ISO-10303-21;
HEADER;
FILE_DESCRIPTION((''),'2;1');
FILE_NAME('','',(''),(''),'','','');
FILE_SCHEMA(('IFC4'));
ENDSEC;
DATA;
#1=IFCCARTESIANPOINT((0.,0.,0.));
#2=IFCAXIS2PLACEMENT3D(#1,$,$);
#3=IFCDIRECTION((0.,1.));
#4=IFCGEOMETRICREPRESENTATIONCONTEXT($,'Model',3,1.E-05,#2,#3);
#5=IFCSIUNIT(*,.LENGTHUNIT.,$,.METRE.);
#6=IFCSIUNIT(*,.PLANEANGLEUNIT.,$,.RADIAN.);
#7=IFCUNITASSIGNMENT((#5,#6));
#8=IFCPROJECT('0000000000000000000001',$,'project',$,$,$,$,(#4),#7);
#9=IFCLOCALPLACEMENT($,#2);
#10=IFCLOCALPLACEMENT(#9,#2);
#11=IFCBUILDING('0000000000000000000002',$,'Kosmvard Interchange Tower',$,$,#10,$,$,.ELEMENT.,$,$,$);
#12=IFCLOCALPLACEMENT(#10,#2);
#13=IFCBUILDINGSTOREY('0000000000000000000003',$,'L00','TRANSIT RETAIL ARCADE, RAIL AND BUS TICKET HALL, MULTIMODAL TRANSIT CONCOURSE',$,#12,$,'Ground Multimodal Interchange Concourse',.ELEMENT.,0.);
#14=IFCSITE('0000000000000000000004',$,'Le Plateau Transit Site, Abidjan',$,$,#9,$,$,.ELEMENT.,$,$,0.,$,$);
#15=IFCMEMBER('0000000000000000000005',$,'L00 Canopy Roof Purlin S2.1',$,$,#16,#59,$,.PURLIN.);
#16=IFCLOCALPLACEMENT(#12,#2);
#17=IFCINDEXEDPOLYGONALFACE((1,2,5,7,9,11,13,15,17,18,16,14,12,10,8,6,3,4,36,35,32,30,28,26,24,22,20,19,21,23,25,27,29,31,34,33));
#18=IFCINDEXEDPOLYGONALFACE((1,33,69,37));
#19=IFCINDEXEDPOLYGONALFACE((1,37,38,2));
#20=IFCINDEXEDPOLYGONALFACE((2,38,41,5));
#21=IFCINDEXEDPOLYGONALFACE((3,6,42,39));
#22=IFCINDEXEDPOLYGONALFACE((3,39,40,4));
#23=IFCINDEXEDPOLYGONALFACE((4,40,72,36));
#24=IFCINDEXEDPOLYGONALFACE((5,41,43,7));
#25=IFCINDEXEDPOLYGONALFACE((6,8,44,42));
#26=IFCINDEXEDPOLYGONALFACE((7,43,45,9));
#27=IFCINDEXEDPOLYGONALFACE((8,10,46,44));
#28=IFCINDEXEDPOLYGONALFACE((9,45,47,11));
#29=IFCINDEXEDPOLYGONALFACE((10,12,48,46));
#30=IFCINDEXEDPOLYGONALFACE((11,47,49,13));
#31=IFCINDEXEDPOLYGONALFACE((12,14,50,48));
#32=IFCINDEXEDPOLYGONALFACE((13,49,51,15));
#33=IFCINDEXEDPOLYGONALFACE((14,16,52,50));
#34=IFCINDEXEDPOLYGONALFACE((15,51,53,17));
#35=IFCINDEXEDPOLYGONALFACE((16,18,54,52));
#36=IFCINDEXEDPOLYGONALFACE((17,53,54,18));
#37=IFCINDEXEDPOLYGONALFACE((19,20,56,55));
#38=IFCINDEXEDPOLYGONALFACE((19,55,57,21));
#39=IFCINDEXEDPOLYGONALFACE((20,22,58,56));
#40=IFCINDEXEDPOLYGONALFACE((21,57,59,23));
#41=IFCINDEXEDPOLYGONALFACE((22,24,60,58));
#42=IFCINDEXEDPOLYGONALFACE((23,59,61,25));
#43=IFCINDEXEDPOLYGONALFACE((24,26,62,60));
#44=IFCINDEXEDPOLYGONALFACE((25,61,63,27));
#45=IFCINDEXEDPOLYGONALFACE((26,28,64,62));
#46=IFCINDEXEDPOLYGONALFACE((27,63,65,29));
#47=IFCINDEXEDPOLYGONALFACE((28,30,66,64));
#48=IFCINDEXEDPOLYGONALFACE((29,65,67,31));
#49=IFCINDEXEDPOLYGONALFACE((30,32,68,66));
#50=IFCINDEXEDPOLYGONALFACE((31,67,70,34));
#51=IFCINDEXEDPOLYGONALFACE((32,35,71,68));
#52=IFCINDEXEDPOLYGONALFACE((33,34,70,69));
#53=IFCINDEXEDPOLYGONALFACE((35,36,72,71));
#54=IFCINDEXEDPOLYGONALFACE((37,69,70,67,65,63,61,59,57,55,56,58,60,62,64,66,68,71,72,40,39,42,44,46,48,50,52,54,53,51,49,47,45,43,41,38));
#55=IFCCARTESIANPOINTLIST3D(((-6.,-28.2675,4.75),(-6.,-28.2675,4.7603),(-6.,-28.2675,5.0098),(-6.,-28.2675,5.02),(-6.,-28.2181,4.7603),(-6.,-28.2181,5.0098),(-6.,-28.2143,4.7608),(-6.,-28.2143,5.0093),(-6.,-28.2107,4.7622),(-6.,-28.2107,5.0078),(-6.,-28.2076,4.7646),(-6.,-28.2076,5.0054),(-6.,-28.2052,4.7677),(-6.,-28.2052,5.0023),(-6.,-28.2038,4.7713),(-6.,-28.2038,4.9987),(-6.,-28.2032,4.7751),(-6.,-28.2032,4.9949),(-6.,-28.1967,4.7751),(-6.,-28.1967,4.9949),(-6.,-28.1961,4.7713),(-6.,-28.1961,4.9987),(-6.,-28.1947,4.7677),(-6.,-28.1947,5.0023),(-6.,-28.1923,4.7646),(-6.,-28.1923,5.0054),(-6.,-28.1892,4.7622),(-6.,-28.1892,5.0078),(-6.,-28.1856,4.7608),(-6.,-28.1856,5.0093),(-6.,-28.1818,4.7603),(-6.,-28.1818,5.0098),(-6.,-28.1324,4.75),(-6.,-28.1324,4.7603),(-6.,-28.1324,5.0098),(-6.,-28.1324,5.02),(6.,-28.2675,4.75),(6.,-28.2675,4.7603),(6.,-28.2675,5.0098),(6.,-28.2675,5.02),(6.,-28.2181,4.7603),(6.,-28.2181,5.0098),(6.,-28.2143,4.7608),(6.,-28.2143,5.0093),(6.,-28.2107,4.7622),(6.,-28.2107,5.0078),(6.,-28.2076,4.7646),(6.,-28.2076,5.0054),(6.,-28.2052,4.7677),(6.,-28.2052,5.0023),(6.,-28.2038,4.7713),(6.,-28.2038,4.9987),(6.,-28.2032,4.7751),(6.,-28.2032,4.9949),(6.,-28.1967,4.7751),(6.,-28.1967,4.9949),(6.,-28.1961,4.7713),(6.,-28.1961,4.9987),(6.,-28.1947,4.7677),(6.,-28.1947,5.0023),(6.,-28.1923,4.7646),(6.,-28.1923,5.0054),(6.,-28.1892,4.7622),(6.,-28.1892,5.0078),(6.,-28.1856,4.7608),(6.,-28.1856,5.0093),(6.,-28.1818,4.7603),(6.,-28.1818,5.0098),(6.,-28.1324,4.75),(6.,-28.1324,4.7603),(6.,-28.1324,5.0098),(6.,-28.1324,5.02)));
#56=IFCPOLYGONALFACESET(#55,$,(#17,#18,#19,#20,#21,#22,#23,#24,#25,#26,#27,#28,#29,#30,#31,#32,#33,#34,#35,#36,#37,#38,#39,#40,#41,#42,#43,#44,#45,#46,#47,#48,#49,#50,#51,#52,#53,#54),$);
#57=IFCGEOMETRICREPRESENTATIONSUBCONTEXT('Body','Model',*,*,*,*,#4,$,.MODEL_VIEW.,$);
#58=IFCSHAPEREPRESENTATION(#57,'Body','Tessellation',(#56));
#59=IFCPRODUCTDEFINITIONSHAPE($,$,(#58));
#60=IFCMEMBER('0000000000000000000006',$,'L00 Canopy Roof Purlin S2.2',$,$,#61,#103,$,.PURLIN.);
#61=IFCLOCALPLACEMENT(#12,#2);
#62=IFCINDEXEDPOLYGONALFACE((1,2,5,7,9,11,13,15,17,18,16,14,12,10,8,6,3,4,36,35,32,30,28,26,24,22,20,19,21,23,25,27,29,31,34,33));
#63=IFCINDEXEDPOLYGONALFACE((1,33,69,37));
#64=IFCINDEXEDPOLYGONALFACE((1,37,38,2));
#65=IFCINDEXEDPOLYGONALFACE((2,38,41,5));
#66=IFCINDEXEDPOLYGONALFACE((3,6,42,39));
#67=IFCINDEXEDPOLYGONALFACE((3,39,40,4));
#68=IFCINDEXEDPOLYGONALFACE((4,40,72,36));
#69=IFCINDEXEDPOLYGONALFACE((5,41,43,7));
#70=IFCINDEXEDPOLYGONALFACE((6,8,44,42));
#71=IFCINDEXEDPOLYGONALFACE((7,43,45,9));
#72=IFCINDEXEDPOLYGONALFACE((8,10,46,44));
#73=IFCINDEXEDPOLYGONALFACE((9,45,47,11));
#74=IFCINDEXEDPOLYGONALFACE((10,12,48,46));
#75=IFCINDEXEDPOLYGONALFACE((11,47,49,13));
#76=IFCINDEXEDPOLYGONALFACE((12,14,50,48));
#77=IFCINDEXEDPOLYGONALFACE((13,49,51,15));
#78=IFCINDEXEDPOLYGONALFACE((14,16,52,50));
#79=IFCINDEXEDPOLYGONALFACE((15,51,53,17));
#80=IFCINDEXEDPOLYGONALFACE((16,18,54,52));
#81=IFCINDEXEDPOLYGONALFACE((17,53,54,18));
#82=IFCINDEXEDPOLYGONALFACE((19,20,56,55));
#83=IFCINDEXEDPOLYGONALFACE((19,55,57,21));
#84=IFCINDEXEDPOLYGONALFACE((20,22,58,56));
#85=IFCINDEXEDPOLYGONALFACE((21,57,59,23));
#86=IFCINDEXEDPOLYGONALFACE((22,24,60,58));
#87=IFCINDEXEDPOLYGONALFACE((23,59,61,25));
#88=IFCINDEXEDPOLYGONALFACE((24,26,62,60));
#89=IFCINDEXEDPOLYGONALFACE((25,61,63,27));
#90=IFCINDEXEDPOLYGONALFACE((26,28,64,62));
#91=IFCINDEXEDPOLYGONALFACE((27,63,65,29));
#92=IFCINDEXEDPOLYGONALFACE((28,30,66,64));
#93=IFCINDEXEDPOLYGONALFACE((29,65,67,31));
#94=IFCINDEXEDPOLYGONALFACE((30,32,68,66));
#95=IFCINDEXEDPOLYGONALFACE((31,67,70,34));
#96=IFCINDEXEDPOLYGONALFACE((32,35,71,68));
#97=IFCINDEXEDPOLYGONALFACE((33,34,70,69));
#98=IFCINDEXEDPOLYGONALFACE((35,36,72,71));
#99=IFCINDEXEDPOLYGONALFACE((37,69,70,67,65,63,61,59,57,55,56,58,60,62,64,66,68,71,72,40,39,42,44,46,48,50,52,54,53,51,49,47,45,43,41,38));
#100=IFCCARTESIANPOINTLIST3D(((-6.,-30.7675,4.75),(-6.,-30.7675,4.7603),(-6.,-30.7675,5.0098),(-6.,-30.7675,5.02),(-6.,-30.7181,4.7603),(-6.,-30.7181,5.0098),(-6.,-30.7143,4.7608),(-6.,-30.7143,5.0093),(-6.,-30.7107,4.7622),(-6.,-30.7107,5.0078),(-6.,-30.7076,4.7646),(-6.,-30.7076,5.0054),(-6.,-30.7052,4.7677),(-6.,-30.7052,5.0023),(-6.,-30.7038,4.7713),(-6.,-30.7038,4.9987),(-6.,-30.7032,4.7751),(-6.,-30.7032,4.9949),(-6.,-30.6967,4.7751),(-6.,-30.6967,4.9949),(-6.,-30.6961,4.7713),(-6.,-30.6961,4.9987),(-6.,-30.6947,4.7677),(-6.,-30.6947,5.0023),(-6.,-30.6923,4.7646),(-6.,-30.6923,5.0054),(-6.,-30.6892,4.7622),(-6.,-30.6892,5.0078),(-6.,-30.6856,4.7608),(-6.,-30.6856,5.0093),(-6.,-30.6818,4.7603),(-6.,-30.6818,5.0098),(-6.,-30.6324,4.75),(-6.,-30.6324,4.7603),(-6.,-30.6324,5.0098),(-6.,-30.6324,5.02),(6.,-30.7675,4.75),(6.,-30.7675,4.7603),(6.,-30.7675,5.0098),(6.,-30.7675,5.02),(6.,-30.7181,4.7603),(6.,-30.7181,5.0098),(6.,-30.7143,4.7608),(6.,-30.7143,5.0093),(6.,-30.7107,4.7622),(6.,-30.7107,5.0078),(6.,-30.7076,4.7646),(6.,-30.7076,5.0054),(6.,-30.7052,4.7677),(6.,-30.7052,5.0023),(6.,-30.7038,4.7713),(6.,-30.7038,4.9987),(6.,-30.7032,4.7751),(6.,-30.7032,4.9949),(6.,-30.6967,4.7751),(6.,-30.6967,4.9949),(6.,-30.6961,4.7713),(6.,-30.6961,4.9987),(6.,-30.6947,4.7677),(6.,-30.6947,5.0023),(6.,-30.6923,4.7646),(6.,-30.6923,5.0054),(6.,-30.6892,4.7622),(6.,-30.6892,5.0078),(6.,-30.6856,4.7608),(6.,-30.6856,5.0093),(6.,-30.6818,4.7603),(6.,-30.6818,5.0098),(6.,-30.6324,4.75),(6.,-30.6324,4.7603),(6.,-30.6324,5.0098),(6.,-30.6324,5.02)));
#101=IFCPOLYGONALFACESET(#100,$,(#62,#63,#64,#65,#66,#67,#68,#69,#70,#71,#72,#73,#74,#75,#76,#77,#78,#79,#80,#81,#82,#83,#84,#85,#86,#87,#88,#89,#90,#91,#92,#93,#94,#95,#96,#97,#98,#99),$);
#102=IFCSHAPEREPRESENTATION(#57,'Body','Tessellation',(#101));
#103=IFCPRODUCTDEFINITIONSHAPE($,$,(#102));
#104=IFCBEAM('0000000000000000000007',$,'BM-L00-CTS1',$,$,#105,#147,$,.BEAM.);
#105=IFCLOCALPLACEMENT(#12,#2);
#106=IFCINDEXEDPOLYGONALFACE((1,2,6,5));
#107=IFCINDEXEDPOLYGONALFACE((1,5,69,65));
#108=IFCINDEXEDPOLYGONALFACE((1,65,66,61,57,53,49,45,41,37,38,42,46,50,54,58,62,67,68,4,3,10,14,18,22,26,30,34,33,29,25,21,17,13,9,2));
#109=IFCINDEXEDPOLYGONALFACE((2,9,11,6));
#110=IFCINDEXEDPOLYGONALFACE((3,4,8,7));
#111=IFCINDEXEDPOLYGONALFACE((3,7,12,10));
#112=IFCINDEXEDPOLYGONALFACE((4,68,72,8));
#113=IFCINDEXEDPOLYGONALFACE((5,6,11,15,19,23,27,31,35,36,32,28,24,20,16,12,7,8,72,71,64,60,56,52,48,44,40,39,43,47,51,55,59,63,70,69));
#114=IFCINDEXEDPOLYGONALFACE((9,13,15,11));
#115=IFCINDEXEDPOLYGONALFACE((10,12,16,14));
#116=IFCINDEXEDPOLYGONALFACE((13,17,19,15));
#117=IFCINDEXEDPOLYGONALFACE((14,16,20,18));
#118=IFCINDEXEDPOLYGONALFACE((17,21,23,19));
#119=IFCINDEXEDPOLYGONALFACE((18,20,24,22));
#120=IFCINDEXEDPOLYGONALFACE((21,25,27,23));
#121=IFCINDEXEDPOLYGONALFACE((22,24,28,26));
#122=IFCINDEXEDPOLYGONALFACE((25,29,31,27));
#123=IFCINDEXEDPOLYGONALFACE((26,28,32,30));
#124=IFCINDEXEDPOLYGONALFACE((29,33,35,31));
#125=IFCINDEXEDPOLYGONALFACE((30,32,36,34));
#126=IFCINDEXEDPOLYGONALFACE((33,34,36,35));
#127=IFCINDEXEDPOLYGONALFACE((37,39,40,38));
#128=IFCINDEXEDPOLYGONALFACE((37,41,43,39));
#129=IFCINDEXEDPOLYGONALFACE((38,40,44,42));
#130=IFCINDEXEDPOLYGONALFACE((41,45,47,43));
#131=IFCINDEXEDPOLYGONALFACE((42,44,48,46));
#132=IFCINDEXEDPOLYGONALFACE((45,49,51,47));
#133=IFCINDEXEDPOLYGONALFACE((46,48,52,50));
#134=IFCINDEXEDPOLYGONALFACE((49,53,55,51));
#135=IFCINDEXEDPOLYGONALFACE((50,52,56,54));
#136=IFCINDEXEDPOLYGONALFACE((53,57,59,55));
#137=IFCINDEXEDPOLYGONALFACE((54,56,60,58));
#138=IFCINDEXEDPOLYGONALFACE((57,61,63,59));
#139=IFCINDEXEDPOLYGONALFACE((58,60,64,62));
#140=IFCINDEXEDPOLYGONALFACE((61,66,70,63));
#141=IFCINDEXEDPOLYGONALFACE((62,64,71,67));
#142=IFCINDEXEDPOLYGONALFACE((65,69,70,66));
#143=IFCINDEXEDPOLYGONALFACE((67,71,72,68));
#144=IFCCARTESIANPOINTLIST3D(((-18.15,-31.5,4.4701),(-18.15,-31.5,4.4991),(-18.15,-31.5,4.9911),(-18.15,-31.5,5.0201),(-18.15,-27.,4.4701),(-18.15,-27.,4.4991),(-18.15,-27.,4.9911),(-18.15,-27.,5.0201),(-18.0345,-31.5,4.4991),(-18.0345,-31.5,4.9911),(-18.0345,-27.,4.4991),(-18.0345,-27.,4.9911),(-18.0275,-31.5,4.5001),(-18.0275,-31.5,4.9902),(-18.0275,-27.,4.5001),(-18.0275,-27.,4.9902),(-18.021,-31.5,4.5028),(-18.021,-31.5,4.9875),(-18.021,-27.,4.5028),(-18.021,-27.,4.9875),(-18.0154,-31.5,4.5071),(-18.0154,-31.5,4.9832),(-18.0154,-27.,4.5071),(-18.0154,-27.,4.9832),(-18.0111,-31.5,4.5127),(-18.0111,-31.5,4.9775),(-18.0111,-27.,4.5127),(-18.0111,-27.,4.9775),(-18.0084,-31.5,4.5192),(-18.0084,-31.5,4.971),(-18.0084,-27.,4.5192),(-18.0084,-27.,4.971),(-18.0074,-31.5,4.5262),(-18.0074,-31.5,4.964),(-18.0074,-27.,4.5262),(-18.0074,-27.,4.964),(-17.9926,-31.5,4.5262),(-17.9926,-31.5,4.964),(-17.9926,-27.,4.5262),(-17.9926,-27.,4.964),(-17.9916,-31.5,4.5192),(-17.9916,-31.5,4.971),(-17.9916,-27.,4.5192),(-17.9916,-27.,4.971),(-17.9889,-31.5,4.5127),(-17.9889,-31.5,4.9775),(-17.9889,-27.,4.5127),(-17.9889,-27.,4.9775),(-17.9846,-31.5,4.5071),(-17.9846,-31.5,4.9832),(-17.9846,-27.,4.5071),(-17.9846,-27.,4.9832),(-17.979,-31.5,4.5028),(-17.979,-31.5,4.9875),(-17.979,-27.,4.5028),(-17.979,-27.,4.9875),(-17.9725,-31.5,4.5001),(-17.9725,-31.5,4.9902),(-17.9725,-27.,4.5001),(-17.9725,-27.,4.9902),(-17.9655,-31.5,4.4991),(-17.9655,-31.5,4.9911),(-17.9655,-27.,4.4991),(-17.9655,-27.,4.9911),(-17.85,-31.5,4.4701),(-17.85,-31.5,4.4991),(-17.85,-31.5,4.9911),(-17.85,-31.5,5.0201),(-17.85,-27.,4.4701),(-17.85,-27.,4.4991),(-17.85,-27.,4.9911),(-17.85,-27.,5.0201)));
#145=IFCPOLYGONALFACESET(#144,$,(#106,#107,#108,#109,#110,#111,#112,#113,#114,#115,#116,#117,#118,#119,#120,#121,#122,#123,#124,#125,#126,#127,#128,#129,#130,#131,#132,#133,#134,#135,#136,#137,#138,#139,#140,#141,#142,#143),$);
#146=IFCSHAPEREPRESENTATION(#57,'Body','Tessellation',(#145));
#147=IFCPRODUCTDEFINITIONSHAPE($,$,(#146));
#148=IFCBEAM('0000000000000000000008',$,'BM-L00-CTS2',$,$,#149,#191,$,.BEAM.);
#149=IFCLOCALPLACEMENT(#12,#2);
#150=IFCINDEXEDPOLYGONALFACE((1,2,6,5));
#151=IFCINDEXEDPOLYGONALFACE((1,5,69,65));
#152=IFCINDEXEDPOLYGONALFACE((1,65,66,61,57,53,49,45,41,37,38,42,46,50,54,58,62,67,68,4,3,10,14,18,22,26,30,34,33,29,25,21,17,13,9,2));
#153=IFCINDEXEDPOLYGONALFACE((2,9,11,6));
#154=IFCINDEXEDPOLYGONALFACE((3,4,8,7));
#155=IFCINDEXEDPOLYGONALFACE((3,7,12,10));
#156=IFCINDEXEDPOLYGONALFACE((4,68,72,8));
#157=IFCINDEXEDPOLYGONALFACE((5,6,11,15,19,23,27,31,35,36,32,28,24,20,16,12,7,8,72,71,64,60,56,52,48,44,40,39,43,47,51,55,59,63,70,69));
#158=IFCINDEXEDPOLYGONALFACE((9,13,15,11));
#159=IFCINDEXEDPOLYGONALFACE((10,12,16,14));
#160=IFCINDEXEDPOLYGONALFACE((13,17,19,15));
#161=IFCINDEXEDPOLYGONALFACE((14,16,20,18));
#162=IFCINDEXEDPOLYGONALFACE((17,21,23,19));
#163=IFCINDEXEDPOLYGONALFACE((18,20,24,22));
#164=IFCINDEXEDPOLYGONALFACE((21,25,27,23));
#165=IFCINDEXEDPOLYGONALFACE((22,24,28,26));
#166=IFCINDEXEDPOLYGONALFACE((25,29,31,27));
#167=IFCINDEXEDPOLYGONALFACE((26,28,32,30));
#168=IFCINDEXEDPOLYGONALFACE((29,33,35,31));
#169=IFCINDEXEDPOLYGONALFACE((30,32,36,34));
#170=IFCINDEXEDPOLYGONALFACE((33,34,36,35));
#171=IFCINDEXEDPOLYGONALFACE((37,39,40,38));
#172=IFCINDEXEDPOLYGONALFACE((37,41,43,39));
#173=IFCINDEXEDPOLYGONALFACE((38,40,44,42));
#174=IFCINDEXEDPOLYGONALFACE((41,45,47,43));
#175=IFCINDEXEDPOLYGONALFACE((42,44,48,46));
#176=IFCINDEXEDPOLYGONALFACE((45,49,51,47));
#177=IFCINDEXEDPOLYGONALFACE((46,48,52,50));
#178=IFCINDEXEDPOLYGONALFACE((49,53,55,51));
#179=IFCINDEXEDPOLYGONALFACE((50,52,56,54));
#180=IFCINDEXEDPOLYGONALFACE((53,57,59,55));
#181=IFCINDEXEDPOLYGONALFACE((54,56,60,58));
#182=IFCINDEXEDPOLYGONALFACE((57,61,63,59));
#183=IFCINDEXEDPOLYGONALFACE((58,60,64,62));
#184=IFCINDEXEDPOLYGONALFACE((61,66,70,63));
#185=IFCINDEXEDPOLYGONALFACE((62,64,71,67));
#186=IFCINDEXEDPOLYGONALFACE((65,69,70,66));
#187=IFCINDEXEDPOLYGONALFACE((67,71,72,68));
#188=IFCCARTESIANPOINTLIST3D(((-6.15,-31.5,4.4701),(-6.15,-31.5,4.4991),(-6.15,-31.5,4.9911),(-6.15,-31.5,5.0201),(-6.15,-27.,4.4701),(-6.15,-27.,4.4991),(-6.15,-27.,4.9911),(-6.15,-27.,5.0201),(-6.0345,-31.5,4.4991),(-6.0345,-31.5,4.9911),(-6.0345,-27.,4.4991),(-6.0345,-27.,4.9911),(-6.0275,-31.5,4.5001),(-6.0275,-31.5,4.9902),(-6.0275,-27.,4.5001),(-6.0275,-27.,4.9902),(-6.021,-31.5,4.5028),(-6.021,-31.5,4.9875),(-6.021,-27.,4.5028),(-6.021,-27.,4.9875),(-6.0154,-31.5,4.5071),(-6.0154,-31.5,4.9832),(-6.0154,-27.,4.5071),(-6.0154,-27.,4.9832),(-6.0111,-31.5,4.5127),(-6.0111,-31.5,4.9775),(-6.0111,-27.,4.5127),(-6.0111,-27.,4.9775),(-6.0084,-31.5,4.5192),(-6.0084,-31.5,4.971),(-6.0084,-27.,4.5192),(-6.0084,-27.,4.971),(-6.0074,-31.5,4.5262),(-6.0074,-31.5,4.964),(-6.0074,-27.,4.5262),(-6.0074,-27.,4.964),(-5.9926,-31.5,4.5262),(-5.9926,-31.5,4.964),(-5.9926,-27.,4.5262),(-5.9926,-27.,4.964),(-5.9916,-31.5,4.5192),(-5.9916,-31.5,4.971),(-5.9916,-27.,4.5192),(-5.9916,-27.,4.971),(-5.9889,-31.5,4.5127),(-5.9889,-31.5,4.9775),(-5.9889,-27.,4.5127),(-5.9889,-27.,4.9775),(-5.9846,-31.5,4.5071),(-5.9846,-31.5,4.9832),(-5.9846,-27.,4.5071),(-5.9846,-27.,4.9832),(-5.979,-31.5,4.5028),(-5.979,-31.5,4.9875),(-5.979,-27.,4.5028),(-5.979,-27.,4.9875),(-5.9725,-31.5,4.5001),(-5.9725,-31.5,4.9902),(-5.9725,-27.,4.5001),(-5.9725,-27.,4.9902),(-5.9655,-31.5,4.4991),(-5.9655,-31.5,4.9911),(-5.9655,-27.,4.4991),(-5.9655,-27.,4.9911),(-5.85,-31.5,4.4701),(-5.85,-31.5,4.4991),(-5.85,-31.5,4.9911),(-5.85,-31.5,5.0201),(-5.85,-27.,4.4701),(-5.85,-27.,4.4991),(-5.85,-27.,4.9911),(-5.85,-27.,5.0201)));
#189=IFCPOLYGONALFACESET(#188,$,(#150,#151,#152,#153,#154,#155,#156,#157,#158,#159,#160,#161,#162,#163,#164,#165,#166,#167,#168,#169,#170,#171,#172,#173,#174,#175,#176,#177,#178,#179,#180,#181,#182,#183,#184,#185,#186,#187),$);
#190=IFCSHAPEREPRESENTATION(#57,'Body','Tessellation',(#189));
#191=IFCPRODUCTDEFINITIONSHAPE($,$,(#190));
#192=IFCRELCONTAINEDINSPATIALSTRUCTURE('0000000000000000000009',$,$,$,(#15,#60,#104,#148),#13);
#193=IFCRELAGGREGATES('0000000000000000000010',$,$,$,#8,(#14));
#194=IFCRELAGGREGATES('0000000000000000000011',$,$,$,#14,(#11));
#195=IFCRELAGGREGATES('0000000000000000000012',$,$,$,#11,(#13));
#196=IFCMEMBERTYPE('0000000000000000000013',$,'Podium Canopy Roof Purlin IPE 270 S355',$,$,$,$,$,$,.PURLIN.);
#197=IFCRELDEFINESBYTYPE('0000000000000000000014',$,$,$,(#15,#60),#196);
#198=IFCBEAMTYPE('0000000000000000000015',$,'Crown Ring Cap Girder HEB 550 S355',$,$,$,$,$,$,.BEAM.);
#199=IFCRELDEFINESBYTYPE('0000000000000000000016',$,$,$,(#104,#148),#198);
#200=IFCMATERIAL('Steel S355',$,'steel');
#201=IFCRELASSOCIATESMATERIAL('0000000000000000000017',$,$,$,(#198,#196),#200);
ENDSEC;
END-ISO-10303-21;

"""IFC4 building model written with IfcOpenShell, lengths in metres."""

from ifc_helpers import new_model, si_unit, direction, frame, origin, origin_2d, place, context, subcontext, project, spatial, i_section, extrude, source, transform, mapped, material, material_profile, profile_set, type_object, element, save


model = new_model("IFC4")

# Units and contexts
model_context = context("Model", 3, precision=1e-05, world=origin(), true_north=direction((0.0, 1.0)))
body_context = subcontext(model_context, "Body", "Model", "MODEL_VIEW")
ifc_project = project(units=[si_unit("LENGTHUNIT", "METRE"), si_unit("PLANEANGLEUNIT", "RADIAN")], contexts=[model_context])

# Site, building, storey
site_placement = place(None, origin())
site = spatial("IfcSite", under=ifc_project, at=site_placement, Name="Le Plateau Transit Site, Abidjan", CompositionType="ELEMENT", RefElevation=0.0)
building_placement = place(site_placement, origin())
building = spatial("IfcBuilding", under=site, at=building_placement, Name="Kosmvard Interchange Tower", CompositionType="ELEMENT")
storey_placement = place(building_placement, origin())
storey = spatial("IfcBuildingStorey", under=building, at=storey_placement, Name="L00", Description="TRANSIT RETAIL ARCADE, RAIL AND BUS TICKET HALL, MULTIMODAL TRANSIT CONCOURSE", LongName="Ground Multimodal Interchange Concourse", CompositionType="ELEMENT", Elevation=0.0)

# Shared definitions
ifc_material_1 = material(Name="Steel S355", Category="steel")

# Shared definitions
ifc_material_profile_1 = material_profile(ifc_material_1, i_section(OverallWidth=0.3, OverallDepth=0.55, WebThickness=0.0149, FlangeThickness=0.0291, FilletRadius=0.0271, at=origin_2d()), Name="HEB 550")
ifc_profile_set_1 = profile_set([ifc_material_profile_1], Name="Steel S355")
beam_type_1 = type_object("IfcBeamType", Name="Crown Ring Cap Girder HEB 550 S355", PredefinedType="BEAM", material=ifc_profile_set_1)

# Members
ifc_material_profile_2 = material_profile(ifc_material_1, i_section(OverallWidth=0.135, OverallDepth=0.27, WebThickness=0.0066, FlangeThickness=0.0103, FilletRadius=0.0149, at=origin_2d()), Name="IPE 270")
ifc_profile_set_2 = profile_set([ifc_material_profile_2], Name="Steel S355")
member_type_1 = type_object("IfcMemberType", Name="Podium Canopy Roof Purlin IPE 270 S355", PredefinedType="PURLIN", material=ifc_profile_set_2)
shared_shape_1 = source(origin(), body_context, "Body", "SweptSolid", [
    extrude(i_section(OverallWidth=0.135, OverallDepth=0.27, WebThickness=0.0066, FlangeThickness=0.0103, FilletRadius=0.0149, at=origin_2d()), origin(), (0.0, 0.0, 1.0), 12.0),
])
for number, where, z_axis, x_axis, name in (
    (1, (-6.0, -28.2, 4.885), (1.0, 0.0, 0.0), (0.0, 1.0, 0.0), "L00 Canopy Roof Purlin S2.1"),
    (2, (-6.0, -30.7, 4.885), (1.0, 0.0, 0.0), (0.0, 1.0, 0.0), "L00 Canopy Roof Purlin S2.2"),
):
    element("IfcMember", number, at=place(storey_placement, frame(where, z_axis=z_axis, x_axis=x_axis)), inside=storey, type_object=member_type_1, Name=name, PredefinedType="PURLIN", context=body_context, shape_type="MappedRepresentation", body=[
        mapped(shared_shape_1, transform((0.0, 0.0, 0.0), scale=1.0)),
    ])

# Beams
shared_shape_2 = source(origin(), body_context, "Body", "SweptSolid", [
    extrude(i_section(OverallWidth=0.3, OverallDepth=0.55, WebThickness=0.0149, FlangeThickness=0.0291, FilletRadius=0.0271, at=origin_2d()), origin(), (0.0, 0.0, 1.0), 4.5),
])
for number, where, z_axis, x_axis, name in (
    (3, (-18.0, -27.0, 4.7451), (0.0, -1.0, 0.0), (1.0, 0.0, 0.0), "BM-L00-CTS1"),
    (4, (-6.0, -27.0, 4.7451), (0.0, -1.0, 0.0), (1.0, 0.0, 0.0), "BM-L00-CTS2"),
):
    element("IfcBeam", number, at=place(storey_placement, frame(where, z_axis=z_axis, x_axis=x_axis)), inside=storey, type_object=beam_type_1, Name=name, PredefinedType="BEAM", context=body_context, shape_type="MappedRepresentation", body=[
        mapped(shared_shape_2, transform((0.0, 0.0, 0.0), scale=1.0)),
    ])

save(model, "model.ifc")
